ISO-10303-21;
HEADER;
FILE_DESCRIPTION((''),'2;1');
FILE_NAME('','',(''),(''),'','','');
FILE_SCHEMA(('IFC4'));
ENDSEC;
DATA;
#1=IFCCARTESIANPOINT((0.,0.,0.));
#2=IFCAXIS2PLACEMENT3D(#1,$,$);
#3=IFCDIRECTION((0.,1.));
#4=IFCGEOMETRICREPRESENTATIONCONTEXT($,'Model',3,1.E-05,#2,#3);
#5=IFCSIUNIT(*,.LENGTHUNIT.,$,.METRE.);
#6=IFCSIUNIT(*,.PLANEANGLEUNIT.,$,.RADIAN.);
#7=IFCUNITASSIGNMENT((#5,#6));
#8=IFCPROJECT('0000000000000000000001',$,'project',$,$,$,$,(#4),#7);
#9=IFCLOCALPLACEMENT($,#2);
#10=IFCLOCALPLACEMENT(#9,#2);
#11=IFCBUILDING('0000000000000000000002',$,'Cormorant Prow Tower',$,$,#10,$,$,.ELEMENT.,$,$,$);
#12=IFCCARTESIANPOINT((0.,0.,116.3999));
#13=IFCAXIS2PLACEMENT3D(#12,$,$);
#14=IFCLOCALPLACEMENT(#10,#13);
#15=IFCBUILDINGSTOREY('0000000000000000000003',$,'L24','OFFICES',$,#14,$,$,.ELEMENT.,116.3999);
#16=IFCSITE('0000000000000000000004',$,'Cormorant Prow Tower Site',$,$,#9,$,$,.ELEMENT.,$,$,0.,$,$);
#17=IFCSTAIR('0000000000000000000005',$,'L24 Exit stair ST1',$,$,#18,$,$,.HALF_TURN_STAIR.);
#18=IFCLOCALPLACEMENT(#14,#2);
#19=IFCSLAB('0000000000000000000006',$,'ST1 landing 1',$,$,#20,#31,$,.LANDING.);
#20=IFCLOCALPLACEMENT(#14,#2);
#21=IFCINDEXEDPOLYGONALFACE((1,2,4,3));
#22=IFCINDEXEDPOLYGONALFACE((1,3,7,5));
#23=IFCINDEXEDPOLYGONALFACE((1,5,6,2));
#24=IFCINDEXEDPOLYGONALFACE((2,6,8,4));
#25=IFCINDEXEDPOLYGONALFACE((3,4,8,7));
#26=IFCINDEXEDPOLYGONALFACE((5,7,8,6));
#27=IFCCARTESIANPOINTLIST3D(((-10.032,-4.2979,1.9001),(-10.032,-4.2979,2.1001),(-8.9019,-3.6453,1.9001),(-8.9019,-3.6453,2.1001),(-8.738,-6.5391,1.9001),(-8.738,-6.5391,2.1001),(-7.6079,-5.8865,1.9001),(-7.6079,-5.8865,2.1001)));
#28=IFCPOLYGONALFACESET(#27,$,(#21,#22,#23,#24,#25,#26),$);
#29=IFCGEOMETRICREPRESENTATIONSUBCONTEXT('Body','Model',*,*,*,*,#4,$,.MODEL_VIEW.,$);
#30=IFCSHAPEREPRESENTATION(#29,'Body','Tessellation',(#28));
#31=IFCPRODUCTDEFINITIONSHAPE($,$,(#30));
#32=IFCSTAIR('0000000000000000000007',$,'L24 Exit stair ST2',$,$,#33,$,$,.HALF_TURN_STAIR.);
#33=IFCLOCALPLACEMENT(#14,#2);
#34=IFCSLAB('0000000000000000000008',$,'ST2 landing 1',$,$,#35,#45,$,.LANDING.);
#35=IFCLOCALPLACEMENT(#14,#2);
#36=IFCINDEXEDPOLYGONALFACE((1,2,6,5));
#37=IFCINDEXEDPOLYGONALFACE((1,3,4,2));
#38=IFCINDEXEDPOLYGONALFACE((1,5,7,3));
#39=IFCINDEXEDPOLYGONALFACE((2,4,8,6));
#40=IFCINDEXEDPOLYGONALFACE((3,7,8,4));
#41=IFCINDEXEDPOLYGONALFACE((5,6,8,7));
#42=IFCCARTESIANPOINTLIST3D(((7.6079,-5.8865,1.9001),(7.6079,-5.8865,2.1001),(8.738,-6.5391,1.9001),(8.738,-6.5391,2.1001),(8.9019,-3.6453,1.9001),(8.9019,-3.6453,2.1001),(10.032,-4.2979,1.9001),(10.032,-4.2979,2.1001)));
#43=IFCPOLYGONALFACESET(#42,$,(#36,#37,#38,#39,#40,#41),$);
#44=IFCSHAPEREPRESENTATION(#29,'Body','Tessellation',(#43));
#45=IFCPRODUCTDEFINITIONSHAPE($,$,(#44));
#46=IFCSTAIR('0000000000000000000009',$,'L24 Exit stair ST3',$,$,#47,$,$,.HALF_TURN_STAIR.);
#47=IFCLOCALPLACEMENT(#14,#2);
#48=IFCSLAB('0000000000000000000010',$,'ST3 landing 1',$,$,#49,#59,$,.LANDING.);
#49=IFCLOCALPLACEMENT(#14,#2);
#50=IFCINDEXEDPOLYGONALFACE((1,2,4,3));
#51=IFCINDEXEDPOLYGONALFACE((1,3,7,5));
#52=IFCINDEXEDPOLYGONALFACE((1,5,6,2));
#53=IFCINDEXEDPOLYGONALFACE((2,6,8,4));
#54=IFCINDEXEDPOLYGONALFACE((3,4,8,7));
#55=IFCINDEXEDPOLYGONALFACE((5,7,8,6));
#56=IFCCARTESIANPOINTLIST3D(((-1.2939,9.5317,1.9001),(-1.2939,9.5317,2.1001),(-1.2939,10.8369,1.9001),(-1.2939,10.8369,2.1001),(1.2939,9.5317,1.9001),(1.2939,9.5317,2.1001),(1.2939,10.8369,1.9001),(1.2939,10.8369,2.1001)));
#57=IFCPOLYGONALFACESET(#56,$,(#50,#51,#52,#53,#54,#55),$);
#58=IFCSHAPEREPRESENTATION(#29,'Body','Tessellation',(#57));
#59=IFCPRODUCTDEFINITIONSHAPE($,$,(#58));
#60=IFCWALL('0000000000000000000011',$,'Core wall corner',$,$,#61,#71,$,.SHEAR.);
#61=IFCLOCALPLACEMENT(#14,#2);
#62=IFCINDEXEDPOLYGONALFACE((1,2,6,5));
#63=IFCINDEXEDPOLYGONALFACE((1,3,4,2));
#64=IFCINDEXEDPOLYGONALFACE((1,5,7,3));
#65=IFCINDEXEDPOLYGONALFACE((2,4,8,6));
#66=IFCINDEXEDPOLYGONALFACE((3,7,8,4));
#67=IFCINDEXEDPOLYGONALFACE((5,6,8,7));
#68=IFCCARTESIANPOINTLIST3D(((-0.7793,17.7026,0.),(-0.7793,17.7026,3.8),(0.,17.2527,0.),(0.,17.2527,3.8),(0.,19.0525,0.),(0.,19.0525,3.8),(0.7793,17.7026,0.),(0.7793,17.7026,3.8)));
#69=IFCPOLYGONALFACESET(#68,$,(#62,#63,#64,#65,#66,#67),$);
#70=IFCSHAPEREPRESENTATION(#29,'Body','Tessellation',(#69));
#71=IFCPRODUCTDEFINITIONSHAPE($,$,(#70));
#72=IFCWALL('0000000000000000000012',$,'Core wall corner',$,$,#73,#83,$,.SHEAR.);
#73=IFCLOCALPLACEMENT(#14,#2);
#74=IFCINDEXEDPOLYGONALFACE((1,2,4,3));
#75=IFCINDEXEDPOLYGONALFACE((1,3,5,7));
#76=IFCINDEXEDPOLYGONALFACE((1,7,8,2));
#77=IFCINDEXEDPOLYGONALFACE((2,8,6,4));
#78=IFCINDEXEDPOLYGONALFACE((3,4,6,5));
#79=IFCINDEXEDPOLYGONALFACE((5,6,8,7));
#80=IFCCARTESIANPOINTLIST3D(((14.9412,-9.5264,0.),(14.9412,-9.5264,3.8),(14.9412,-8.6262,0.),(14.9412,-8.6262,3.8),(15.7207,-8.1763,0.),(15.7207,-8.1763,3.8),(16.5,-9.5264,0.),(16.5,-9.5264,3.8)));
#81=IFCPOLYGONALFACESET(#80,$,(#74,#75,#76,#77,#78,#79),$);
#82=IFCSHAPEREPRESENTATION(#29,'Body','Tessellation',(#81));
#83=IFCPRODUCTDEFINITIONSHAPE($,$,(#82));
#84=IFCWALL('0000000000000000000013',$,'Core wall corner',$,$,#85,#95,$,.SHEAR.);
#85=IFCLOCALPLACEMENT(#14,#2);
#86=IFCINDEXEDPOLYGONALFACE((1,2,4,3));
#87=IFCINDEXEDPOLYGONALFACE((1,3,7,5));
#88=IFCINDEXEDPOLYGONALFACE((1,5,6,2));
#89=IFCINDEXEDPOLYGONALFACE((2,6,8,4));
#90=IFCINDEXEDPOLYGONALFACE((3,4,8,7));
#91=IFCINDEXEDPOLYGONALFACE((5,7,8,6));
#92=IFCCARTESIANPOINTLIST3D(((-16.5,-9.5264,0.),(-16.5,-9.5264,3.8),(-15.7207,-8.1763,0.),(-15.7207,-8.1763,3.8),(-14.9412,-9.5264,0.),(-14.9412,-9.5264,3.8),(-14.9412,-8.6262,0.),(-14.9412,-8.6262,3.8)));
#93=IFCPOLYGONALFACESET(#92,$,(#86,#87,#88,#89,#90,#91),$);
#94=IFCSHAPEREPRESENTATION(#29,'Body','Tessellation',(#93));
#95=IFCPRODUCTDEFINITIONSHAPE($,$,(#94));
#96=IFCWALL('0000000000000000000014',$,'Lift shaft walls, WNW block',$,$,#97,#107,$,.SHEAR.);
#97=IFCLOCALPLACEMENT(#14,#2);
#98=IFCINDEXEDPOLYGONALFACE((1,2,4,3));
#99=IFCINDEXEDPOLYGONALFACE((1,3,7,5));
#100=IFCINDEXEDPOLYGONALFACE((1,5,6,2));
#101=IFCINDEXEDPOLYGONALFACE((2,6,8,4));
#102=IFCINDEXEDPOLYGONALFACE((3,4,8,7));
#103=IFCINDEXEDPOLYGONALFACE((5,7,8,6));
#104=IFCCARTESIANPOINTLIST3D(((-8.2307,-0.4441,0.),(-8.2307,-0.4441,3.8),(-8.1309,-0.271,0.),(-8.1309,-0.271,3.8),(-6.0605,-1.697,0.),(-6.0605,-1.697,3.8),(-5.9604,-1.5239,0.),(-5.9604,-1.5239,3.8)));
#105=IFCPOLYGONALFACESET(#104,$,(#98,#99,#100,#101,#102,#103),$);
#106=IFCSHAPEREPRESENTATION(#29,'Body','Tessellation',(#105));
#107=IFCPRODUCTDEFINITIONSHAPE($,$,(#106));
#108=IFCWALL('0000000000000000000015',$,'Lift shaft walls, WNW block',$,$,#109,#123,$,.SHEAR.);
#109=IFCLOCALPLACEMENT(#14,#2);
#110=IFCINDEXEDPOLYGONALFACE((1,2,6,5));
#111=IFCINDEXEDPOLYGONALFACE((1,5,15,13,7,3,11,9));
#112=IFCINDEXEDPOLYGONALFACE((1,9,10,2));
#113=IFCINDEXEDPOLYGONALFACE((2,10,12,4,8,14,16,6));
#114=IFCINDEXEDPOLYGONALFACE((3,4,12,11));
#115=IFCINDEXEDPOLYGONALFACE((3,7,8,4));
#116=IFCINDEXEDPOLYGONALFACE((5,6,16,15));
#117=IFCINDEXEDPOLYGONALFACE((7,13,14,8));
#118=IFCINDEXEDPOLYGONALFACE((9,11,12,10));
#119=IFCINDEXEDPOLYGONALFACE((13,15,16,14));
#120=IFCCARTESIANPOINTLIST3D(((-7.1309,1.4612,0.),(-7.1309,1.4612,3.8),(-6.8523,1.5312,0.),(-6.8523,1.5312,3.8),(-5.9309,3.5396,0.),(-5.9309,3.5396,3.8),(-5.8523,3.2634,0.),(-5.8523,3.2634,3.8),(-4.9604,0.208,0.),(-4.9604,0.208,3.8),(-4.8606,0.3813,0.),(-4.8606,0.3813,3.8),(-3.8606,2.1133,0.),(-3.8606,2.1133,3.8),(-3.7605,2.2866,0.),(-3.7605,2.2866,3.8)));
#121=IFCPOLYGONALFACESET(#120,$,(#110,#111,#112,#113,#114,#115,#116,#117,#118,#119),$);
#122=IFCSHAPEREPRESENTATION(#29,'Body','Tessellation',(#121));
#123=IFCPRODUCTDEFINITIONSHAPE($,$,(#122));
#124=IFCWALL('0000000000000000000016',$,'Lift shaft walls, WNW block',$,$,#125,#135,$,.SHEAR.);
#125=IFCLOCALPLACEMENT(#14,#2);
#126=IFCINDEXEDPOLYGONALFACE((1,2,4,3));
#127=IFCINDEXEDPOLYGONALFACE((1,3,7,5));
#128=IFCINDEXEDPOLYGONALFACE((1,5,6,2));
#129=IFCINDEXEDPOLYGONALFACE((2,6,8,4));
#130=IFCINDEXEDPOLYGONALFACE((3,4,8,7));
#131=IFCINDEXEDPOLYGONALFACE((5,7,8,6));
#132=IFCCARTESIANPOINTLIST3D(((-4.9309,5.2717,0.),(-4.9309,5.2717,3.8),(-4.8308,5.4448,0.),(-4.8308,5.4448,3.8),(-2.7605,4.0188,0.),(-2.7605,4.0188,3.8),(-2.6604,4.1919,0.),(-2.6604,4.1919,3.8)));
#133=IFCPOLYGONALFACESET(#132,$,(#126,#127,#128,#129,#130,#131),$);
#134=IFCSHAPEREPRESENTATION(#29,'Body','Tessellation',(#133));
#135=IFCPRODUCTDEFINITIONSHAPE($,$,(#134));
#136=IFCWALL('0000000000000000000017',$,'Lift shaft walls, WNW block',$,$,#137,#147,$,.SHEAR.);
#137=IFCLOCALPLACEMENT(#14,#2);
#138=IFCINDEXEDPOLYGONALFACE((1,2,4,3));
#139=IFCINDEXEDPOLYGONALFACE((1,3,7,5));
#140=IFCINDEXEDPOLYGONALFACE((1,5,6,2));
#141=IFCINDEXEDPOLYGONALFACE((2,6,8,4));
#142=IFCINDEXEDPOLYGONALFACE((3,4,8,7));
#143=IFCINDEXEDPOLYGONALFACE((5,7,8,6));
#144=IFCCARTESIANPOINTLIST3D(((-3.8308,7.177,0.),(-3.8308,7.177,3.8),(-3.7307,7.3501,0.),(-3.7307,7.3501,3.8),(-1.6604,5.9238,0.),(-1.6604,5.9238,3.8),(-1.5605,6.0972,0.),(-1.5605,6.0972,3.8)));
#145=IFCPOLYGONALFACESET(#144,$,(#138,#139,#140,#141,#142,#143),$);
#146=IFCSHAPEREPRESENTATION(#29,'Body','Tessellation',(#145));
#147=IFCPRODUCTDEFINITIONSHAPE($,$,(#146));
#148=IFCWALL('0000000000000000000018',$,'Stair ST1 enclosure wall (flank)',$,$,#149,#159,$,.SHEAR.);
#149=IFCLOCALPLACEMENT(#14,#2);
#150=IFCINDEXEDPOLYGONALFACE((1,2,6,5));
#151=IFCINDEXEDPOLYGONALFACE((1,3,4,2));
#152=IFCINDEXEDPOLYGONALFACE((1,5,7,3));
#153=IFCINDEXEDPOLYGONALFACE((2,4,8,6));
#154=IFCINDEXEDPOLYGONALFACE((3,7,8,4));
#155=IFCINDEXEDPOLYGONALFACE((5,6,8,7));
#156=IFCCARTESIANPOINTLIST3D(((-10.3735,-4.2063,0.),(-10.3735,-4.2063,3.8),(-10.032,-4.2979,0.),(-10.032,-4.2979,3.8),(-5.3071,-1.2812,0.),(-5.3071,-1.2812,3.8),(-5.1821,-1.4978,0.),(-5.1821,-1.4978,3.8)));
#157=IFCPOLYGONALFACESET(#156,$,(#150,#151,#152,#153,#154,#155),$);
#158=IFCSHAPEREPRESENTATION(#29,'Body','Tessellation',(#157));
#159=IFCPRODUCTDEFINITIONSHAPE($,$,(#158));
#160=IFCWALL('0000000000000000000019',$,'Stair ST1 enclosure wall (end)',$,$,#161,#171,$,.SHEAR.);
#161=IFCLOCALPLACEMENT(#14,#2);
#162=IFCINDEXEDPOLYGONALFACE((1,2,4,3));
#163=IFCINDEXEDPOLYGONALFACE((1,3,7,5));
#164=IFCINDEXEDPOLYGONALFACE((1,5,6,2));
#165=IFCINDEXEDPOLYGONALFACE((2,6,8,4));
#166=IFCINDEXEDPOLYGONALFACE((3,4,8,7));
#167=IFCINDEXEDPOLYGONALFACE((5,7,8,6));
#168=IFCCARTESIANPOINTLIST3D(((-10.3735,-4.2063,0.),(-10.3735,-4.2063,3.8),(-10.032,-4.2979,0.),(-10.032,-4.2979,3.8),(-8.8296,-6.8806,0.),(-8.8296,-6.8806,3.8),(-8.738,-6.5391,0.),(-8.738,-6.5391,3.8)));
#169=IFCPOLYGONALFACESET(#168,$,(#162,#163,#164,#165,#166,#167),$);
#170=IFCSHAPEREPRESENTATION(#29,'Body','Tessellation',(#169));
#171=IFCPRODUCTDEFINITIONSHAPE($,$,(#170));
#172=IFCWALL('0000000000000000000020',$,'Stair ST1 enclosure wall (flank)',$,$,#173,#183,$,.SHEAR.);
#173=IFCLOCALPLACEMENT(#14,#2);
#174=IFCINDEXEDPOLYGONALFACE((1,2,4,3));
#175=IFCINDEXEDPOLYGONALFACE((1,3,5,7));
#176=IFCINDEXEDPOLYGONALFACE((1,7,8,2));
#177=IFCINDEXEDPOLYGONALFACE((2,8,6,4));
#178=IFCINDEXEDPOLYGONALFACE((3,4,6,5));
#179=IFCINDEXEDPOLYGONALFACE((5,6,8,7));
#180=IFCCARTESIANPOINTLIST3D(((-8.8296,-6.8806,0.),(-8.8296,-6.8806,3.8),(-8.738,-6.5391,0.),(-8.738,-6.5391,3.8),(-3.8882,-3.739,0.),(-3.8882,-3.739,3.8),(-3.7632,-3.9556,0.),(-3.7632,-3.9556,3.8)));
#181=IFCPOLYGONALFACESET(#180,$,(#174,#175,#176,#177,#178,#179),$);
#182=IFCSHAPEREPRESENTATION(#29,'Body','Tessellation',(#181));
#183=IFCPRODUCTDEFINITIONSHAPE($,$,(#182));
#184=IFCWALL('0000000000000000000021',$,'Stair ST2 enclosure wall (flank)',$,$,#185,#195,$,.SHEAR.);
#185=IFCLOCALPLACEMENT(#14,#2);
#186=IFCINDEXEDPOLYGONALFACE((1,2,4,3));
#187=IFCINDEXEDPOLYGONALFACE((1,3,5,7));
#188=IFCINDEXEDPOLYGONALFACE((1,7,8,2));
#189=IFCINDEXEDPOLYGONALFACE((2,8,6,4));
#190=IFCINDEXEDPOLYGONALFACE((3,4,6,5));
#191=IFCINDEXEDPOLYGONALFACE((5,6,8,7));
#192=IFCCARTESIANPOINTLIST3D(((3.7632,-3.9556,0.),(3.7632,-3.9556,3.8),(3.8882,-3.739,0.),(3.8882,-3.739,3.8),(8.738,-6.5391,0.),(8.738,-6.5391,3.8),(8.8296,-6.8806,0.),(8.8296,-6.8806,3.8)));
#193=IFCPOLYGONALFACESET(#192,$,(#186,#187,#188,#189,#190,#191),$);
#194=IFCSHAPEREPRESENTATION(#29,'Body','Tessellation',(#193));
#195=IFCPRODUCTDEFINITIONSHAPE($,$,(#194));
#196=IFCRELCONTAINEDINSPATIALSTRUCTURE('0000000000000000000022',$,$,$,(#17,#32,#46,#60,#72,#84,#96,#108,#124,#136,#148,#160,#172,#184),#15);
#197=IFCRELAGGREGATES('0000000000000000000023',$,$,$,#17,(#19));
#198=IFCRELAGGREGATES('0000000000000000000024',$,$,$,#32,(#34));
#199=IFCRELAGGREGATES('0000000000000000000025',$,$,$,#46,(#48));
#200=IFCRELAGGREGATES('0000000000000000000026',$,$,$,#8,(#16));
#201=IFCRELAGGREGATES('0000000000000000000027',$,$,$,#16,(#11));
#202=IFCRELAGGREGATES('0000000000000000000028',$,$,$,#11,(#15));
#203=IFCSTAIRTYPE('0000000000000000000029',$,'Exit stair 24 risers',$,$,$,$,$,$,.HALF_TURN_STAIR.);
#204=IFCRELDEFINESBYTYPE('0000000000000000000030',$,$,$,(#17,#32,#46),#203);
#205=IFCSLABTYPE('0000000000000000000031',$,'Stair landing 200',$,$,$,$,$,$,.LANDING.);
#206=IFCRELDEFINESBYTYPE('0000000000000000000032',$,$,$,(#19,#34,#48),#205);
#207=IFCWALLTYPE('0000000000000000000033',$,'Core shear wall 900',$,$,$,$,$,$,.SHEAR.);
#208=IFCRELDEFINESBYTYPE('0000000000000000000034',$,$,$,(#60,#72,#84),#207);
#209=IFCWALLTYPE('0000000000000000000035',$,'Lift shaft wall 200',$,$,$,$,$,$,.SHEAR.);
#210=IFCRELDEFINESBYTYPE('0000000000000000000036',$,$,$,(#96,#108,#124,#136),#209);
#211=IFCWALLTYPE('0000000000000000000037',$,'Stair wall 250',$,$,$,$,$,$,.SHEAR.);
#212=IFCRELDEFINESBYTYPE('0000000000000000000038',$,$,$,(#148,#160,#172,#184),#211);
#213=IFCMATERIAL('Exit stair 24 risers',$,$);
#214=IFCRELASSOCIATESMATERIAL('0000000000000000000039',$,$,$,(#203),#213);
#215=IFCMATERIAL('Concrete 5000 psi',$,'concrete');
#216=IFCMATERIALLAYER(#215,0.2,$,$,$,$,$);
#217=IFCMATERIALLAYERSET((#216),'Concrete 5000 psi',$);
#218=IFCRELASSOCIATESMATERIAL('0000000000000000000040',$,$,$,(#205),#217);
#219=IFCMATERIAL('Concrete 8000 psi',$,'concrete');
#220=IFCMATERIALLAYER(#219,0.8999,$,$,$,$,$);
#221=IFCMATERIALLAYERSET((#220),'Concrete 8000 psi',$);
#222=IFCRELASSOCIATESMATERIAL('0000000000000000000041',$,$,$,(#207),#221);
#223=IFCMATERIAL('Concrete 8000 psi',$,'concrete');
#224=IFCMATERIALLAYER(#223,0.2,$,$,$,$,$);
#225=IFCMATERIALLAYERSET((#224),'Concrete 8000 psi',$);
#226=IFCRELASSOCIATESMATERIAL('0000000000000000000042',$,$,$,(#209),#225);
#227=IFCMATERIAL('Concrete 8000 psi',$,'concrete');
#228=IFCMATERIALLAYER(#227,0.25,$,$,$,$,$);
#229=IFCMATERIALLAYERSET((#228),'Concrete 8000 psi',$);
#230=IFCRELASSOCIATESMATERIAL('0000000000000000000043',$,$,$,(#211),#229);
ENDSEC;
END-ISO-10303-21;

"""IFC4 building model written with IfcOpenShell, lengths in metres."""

from ifc_helpers import new_model, si_unit, direction, frame, origin, place, context, subcontext, project, spatial, polyline, outline, extrude, material, layer, layer_set, type_object, element, aggregate, save


model = new_model("IFC4")

# Units and contexts
model_context = context("Model", 3, precision=1e-05, world=origin(), true_north=direction((0.0, 1.0)))
body_context = subcontext(model_context, "Body", "Model", "MODEL_VIEW")
ifc_project = project(units=[si_unit("LENGTHUNIT", "METRE"), si_unit("PLANEANGLEUNIT", "RADIAN")], contexts=[model_context])

# Site, building, storey
site_placement = place(None, origin())
site = spatial("IfcSite", under=ifc_project, at=site_placement, Name="Cormorant Prow Tower Site", CompositionType="ELEMENT", RefElevation=0.0)
building_placement = place(site_placement, origin())
building = spatial("IfcBuilding", under=site, at=building_placement, Name="Cormorant Prow Tower", CompositionType="ELEMENT")
storey_placement = place(building_placement, frame((0.0, 0.0, 116.3999)))
storey = spatial("IfcBuildingStorey", under=building, at=storey_placement, Name="L24", Description="OFFICES", CompositionType="ELEMENT", Elevation=116.3999)

# Stairs, slabs
ifc_material_1 = material(Name="Exit stair 24 risers")
stair_type = type_object("IfcStairType", Name="Exit stair 24 risers", PredefinedType="HALF_TURN_STAIR", material=ifc_material_1)
stair_1_placement = place(storey_placement, origin())
stair_1 = element("IfcStair", 1, at=stair_1_placement, inside=storey, type_object=stair_type, Name="L24 Exit stair ST1", PredefinedType="HALF_TURN_STAIR")
ifc_material_2 = material(Name="Concrete 5000 psi", Category="concrete")
ifc_layer_1 = layer(ifc_material_2, 0.2)
ifc_layer_set_1 = layer_set([ifc_layer_1], Name="Concrete 5000 psi")
slab_type = type_object("IfcSlabType", Name="Stair landing 200", PredefinedType="LANDING", material=ifc_layer_set_1)
slab_1_placement = place(storey_placement, frame((0.0, 0.0, 1.9001)))
slab_1 = element("IfcSlab", 2, at=slab_1_placement, type_object=slab_type, Name="ST1 landing 1", PredefinedType="LANDING", context=body_context, shape_type="SweptSolid", body=[
    extrude(outline(polyline([(-8.9019, -3.6453), (-10.032, -4.2979), (-8.738, -6.5391), (-7.6079, -5.8865), (-8.9019, -3.6453)])), origin(), (0.0, 0.0, 1.0), 0.2),
])
aggregate(stair_1, [slab_1])
stair_2_placement = place(storey_placement, origin())
stair_2 = element("IfcStair", 3, at=stair_2_placement, inside=storey, type_object=stair_type, Name="L24 Exit stair ST2", PredefinedType="HALF_TURN_STAIR")
slab_2_placement = place(storey_placement, frame((0.0, 0.0, 1.9001)))
slab_2 = element("IfcSlab", 4, at=slab_2_placement, type_object=slab_type, Name="ST2 landing 1", PredefinedType="LANDING", context=body_context, shape_type="SweptSolid", body=[
    extrude(outline(polyline([(7.6079, -5.8865), (8.738, -6.5391), (10.032, -4.2979), (8.9019, -3.6453), (7.6079, -5.8865)])), origin(), (0.0, 0.0, 1.0), 0.2),
])
aggregate(stair_2, [slab_2])
stair_3_placement = place(storey_placement, origin())
stair_3 = element("IfcStair", 5, at=stair_3_placement, inside=storey, type_object=stair_type, Name="L24 Exit stair ST3", PredefinedType="HALF_TURN_STAIR")
slab_3_placement = place(storey_placement, frame((0.0, 0.0, 1.9001)))
slab_3 = element("IfcSlab", 6, at=slab_3_placement, type_object=slab_type, Name="ST3 landing 1", PredefinedType="LANDING", context=body_context, shape_type="SweptSolid", body=[
    extrude(outline(polyline([(1.2939, 9.5317), (1.2939, 10.8369), (-1.2939, 10.8369), (-1.2939, 9.5317), (1.2939, 9.5317)])), origin(), (0.0, 0.0, 1.0), 0.2),
])
aggregate(stair_3, [slab_3])

# Walls
ifc_material_3 = material(Name="Concrete 8000 psi", Category="concrete")
ifc_layer_2 = layer(ifc_material_3, 0.8999)
ifc_layer_set_2 = layer_set([ifc_layer_2], Name="Concrete 8000 psi")
wall_type_1 = type_object("IfcWallType", Name="Core shear wall 900", PredefinedType="SHEAR", material=ifc_layer_set_2)
wall_1_placement = place(storey_placement, origin())
element("IfcWall", 7, at=wall_1_placement, inside=storey, type_object=wall_type_1, Name="Core wall corner", PredefinedType="SHEAR", context=body_context, shape_type="SweptSolid", body=[
    extrude(outline(polyline([(-0.7793, 17.7026), (0.0, 19.0525), (0.7793, 17.7026), (0.0, 17.2527), (-0.7793, 17.7026)])), origin(), (0.0, 0.0, 1.0), 3.8),
])
wall_2_placement = place(storey_placement, origin())
element("IfcWall", 8, at=wall_2_placement, inside=storey, type_object=wall_type_1, Name="Core wall corner", PredefinedType="SHEAR", context=body_context, shape_type="SweptSolid", body=[
    extrude(outline(polyline([(14.9412, -8.6262), (15.7207, -8.1763), (16.5, -9.5264), (14.9412, -9.5264), (14.9412, -8.6262)])), origin(), (0.0, 0.0, 1.0), 3.8),
])
wall_3_placement = place(storey_placement, origin())
element("IfcWall", 9, at=wall_3_placement, inside=storey, type_object=wall_type_1, Name="Core wall corner", PredefinedType="SHEAR", context=body_context, shape_type="SweptSolid", body=[
    extrude(outline(polyline([(-14.9412, -8.6262), (-14.9412, -9.5264), (-16.5, -9.5264), (-15.7207, -8.1763), (-14.9412, -8.6262)])), origin(), (0.0, 0.0, 1.0), 3.8),
])
ifc_material_4 = material(Name="Concrete 8000 psi", Category="concrete")
ifc_layer_3 = layer(ifc_material_4, 0.2)
ifc_layer_set_3 = layer_set([ifc_layer_3], Name="Concrete 8000 psi")
wall_type_2 = type_object("IfcWallType", Name="Lift shaft wall 200", PredefinedType="SHEAR", material=ifc_layer_set_3)
wall_4_placement = place(storey_placement, origin())
element("IfcWall", 10, at=wall_4_placement, inside=storey, type_object=wall_type_2, Name="Lift shaft walls, WNW block", PredefinedType="SHEAR", context=body_context, shape_type="SweptSolid", body=[
    extrude(outline(polyline([(-6.0605, -1.697), (-8.2307, -0.4441), (-8.1309, -0.271), (-5.9604, -1.5239), (-6.0605, -1.697)])), origin(), (0.0, 0.0, 1.0), 3.8),
])
wall_5_placement = place(storey_placement, origin())
element("IfcWall", 11, at=wall_5_placement, inside=storey, type_object=wall_type_2, Name="Lift shaft walls, WNW block", PredefinedType="SHEAR", context=body_context, shape_type="SweptSolid", body=[
    extrude(outline(polyline([(-4.9604, 0.208), (-7.1309, 1.4612), (-5.9309, 3.5396), (-3.7605, 2.2866), (-3.8606, 2.1133), (-5.8523, 3.2634), (-6.8523, 1.5312), (-4.8606, 0.3813), (-4.9604, 0.208)])), origin(), (0.0, 0.0, 1.0), 3.8),
])
wall_6_placement = place(storey_placement, origin())
element("IfcWall", 12, at=wall_6_placement, inside=storey, type_object=wall_type_2, Name="Lift shaft walls, WNW block", PredefinedType="SHEAR", context=body_context, shape_type="SweptSolid", body=[
    extrude(outline(polyline([(-2.7605, 4.0188), (-4.9309, 5.2717), (-4.8308, 5.4448), (-2.6604, 4.1919), (-2.7605, 4.0188)])), origin(), (0.0, 0.0, 1.0), 3.8),
])
wall_7_placement = place(storey_placement, origin())
element("IfcWall", 13, at=wall_7_placement, inside=storey, type_object=wall_type_2, Name="Lift shaft walls, WNW block", PredefinedType="SHEAR", context=body_context, shape_type="SweptSolid", body=[
    extrude(outline(polyline([(-3.7307, 7.3501), (-1.5605, 6.0972), (-1.6604, 5.9238), (-3.8308, 7.177), (-3.7307, 7.3501)])), origin(), (0.0, 0.0, 1.0), 3.8),
])
ifc_material_5 = material(Name="Concrete 8000 psi", Category="concrete")
ifc_layer_4 = layer(ifc_material_5, 0.25)
ifc_layer_set_4 = layer_set([ifc_layer_4], Name="Concrete 8000 psi")
wall_type_3 = type_object("IfcWallType", Name="Stair wall 250", PredefinedType="SHEAR", material=ifc_layer_set_4)
wall_8_placement = place(storey_placement, origin())
element("IfcWall", 14, at=wall_8_placement, inside=storey, type_object=wall_type_3, Name="Stair ST1 enclosure wall (flank)", PredefinedType="SHEAR", context=body_context, shape_type="SweptSolid", body=[
    extrude(outline(polyline([(-5.3071, -1.2812), (-10.3735, -4.2063), (-10.032, -4.2979), (-5.1821, -1.4978), (-5.3071, -1.2812)])), origin(), (0.0, 0.0, 1.0), 3.8),
])
wall_9_placement = place(storey_placement, origin())
element("IfcWall", 15, at=wall_9_placement, inside=storey, type_object=wall_type_3, Name="Stair ST1 enclosure wall (end)", PredefinedType="SHEAR", context=body_context, shape_type="SweptSolid", body=[
    extrude(outline(polyline([(-10.3735, -4.2063), (-8.8296, -6.8806), (-8.738, -6.5391), (-10.032, -4.2979), (-10.3735, -4.2063)])), origin(), (0.0, 0.0, 1.0), 3.8),
])
wall_10_placement = place(storey_placement, origin())
element("IfcWall", 16, at=wall_10_placement, inside=storey, type_object=wall_type_3, Name="Stair ST1 enclosure wall (flank)", PredefinedType="SHEAR", context=body_context, shape_type="SweptSolid", body=[
    extrude(outline(polyline([(-8.738, -6.5391), (-8.8296, -6.8806), (-3.7632, -3.9556), (-3.8882, -3.739), (-8.738, -6.5391)])), origin(), (0.0, 0.0, 1.0), 3.8),
])
wall_11_placement = place(storey_placement, origin())
element("IfcWall", 17, at=wall_11_placement, inside=storey, type_object=wall_type_3, Name="Stair ST2 enclosure wall (flank)", PredefinedType="SHEAR", context=body_context, shape_type="SweptSolid", body=[
    extrude(outline(polyline([(3.7632, -3.9556), (8.8296, -6.8806), (8.738, -6.5391), (3.8882, -3.739), (3.7632, -3.9556)])), origin(), (0.0, 0.0, 1.0), 3.8),
])

save(model, "model.ifc")
